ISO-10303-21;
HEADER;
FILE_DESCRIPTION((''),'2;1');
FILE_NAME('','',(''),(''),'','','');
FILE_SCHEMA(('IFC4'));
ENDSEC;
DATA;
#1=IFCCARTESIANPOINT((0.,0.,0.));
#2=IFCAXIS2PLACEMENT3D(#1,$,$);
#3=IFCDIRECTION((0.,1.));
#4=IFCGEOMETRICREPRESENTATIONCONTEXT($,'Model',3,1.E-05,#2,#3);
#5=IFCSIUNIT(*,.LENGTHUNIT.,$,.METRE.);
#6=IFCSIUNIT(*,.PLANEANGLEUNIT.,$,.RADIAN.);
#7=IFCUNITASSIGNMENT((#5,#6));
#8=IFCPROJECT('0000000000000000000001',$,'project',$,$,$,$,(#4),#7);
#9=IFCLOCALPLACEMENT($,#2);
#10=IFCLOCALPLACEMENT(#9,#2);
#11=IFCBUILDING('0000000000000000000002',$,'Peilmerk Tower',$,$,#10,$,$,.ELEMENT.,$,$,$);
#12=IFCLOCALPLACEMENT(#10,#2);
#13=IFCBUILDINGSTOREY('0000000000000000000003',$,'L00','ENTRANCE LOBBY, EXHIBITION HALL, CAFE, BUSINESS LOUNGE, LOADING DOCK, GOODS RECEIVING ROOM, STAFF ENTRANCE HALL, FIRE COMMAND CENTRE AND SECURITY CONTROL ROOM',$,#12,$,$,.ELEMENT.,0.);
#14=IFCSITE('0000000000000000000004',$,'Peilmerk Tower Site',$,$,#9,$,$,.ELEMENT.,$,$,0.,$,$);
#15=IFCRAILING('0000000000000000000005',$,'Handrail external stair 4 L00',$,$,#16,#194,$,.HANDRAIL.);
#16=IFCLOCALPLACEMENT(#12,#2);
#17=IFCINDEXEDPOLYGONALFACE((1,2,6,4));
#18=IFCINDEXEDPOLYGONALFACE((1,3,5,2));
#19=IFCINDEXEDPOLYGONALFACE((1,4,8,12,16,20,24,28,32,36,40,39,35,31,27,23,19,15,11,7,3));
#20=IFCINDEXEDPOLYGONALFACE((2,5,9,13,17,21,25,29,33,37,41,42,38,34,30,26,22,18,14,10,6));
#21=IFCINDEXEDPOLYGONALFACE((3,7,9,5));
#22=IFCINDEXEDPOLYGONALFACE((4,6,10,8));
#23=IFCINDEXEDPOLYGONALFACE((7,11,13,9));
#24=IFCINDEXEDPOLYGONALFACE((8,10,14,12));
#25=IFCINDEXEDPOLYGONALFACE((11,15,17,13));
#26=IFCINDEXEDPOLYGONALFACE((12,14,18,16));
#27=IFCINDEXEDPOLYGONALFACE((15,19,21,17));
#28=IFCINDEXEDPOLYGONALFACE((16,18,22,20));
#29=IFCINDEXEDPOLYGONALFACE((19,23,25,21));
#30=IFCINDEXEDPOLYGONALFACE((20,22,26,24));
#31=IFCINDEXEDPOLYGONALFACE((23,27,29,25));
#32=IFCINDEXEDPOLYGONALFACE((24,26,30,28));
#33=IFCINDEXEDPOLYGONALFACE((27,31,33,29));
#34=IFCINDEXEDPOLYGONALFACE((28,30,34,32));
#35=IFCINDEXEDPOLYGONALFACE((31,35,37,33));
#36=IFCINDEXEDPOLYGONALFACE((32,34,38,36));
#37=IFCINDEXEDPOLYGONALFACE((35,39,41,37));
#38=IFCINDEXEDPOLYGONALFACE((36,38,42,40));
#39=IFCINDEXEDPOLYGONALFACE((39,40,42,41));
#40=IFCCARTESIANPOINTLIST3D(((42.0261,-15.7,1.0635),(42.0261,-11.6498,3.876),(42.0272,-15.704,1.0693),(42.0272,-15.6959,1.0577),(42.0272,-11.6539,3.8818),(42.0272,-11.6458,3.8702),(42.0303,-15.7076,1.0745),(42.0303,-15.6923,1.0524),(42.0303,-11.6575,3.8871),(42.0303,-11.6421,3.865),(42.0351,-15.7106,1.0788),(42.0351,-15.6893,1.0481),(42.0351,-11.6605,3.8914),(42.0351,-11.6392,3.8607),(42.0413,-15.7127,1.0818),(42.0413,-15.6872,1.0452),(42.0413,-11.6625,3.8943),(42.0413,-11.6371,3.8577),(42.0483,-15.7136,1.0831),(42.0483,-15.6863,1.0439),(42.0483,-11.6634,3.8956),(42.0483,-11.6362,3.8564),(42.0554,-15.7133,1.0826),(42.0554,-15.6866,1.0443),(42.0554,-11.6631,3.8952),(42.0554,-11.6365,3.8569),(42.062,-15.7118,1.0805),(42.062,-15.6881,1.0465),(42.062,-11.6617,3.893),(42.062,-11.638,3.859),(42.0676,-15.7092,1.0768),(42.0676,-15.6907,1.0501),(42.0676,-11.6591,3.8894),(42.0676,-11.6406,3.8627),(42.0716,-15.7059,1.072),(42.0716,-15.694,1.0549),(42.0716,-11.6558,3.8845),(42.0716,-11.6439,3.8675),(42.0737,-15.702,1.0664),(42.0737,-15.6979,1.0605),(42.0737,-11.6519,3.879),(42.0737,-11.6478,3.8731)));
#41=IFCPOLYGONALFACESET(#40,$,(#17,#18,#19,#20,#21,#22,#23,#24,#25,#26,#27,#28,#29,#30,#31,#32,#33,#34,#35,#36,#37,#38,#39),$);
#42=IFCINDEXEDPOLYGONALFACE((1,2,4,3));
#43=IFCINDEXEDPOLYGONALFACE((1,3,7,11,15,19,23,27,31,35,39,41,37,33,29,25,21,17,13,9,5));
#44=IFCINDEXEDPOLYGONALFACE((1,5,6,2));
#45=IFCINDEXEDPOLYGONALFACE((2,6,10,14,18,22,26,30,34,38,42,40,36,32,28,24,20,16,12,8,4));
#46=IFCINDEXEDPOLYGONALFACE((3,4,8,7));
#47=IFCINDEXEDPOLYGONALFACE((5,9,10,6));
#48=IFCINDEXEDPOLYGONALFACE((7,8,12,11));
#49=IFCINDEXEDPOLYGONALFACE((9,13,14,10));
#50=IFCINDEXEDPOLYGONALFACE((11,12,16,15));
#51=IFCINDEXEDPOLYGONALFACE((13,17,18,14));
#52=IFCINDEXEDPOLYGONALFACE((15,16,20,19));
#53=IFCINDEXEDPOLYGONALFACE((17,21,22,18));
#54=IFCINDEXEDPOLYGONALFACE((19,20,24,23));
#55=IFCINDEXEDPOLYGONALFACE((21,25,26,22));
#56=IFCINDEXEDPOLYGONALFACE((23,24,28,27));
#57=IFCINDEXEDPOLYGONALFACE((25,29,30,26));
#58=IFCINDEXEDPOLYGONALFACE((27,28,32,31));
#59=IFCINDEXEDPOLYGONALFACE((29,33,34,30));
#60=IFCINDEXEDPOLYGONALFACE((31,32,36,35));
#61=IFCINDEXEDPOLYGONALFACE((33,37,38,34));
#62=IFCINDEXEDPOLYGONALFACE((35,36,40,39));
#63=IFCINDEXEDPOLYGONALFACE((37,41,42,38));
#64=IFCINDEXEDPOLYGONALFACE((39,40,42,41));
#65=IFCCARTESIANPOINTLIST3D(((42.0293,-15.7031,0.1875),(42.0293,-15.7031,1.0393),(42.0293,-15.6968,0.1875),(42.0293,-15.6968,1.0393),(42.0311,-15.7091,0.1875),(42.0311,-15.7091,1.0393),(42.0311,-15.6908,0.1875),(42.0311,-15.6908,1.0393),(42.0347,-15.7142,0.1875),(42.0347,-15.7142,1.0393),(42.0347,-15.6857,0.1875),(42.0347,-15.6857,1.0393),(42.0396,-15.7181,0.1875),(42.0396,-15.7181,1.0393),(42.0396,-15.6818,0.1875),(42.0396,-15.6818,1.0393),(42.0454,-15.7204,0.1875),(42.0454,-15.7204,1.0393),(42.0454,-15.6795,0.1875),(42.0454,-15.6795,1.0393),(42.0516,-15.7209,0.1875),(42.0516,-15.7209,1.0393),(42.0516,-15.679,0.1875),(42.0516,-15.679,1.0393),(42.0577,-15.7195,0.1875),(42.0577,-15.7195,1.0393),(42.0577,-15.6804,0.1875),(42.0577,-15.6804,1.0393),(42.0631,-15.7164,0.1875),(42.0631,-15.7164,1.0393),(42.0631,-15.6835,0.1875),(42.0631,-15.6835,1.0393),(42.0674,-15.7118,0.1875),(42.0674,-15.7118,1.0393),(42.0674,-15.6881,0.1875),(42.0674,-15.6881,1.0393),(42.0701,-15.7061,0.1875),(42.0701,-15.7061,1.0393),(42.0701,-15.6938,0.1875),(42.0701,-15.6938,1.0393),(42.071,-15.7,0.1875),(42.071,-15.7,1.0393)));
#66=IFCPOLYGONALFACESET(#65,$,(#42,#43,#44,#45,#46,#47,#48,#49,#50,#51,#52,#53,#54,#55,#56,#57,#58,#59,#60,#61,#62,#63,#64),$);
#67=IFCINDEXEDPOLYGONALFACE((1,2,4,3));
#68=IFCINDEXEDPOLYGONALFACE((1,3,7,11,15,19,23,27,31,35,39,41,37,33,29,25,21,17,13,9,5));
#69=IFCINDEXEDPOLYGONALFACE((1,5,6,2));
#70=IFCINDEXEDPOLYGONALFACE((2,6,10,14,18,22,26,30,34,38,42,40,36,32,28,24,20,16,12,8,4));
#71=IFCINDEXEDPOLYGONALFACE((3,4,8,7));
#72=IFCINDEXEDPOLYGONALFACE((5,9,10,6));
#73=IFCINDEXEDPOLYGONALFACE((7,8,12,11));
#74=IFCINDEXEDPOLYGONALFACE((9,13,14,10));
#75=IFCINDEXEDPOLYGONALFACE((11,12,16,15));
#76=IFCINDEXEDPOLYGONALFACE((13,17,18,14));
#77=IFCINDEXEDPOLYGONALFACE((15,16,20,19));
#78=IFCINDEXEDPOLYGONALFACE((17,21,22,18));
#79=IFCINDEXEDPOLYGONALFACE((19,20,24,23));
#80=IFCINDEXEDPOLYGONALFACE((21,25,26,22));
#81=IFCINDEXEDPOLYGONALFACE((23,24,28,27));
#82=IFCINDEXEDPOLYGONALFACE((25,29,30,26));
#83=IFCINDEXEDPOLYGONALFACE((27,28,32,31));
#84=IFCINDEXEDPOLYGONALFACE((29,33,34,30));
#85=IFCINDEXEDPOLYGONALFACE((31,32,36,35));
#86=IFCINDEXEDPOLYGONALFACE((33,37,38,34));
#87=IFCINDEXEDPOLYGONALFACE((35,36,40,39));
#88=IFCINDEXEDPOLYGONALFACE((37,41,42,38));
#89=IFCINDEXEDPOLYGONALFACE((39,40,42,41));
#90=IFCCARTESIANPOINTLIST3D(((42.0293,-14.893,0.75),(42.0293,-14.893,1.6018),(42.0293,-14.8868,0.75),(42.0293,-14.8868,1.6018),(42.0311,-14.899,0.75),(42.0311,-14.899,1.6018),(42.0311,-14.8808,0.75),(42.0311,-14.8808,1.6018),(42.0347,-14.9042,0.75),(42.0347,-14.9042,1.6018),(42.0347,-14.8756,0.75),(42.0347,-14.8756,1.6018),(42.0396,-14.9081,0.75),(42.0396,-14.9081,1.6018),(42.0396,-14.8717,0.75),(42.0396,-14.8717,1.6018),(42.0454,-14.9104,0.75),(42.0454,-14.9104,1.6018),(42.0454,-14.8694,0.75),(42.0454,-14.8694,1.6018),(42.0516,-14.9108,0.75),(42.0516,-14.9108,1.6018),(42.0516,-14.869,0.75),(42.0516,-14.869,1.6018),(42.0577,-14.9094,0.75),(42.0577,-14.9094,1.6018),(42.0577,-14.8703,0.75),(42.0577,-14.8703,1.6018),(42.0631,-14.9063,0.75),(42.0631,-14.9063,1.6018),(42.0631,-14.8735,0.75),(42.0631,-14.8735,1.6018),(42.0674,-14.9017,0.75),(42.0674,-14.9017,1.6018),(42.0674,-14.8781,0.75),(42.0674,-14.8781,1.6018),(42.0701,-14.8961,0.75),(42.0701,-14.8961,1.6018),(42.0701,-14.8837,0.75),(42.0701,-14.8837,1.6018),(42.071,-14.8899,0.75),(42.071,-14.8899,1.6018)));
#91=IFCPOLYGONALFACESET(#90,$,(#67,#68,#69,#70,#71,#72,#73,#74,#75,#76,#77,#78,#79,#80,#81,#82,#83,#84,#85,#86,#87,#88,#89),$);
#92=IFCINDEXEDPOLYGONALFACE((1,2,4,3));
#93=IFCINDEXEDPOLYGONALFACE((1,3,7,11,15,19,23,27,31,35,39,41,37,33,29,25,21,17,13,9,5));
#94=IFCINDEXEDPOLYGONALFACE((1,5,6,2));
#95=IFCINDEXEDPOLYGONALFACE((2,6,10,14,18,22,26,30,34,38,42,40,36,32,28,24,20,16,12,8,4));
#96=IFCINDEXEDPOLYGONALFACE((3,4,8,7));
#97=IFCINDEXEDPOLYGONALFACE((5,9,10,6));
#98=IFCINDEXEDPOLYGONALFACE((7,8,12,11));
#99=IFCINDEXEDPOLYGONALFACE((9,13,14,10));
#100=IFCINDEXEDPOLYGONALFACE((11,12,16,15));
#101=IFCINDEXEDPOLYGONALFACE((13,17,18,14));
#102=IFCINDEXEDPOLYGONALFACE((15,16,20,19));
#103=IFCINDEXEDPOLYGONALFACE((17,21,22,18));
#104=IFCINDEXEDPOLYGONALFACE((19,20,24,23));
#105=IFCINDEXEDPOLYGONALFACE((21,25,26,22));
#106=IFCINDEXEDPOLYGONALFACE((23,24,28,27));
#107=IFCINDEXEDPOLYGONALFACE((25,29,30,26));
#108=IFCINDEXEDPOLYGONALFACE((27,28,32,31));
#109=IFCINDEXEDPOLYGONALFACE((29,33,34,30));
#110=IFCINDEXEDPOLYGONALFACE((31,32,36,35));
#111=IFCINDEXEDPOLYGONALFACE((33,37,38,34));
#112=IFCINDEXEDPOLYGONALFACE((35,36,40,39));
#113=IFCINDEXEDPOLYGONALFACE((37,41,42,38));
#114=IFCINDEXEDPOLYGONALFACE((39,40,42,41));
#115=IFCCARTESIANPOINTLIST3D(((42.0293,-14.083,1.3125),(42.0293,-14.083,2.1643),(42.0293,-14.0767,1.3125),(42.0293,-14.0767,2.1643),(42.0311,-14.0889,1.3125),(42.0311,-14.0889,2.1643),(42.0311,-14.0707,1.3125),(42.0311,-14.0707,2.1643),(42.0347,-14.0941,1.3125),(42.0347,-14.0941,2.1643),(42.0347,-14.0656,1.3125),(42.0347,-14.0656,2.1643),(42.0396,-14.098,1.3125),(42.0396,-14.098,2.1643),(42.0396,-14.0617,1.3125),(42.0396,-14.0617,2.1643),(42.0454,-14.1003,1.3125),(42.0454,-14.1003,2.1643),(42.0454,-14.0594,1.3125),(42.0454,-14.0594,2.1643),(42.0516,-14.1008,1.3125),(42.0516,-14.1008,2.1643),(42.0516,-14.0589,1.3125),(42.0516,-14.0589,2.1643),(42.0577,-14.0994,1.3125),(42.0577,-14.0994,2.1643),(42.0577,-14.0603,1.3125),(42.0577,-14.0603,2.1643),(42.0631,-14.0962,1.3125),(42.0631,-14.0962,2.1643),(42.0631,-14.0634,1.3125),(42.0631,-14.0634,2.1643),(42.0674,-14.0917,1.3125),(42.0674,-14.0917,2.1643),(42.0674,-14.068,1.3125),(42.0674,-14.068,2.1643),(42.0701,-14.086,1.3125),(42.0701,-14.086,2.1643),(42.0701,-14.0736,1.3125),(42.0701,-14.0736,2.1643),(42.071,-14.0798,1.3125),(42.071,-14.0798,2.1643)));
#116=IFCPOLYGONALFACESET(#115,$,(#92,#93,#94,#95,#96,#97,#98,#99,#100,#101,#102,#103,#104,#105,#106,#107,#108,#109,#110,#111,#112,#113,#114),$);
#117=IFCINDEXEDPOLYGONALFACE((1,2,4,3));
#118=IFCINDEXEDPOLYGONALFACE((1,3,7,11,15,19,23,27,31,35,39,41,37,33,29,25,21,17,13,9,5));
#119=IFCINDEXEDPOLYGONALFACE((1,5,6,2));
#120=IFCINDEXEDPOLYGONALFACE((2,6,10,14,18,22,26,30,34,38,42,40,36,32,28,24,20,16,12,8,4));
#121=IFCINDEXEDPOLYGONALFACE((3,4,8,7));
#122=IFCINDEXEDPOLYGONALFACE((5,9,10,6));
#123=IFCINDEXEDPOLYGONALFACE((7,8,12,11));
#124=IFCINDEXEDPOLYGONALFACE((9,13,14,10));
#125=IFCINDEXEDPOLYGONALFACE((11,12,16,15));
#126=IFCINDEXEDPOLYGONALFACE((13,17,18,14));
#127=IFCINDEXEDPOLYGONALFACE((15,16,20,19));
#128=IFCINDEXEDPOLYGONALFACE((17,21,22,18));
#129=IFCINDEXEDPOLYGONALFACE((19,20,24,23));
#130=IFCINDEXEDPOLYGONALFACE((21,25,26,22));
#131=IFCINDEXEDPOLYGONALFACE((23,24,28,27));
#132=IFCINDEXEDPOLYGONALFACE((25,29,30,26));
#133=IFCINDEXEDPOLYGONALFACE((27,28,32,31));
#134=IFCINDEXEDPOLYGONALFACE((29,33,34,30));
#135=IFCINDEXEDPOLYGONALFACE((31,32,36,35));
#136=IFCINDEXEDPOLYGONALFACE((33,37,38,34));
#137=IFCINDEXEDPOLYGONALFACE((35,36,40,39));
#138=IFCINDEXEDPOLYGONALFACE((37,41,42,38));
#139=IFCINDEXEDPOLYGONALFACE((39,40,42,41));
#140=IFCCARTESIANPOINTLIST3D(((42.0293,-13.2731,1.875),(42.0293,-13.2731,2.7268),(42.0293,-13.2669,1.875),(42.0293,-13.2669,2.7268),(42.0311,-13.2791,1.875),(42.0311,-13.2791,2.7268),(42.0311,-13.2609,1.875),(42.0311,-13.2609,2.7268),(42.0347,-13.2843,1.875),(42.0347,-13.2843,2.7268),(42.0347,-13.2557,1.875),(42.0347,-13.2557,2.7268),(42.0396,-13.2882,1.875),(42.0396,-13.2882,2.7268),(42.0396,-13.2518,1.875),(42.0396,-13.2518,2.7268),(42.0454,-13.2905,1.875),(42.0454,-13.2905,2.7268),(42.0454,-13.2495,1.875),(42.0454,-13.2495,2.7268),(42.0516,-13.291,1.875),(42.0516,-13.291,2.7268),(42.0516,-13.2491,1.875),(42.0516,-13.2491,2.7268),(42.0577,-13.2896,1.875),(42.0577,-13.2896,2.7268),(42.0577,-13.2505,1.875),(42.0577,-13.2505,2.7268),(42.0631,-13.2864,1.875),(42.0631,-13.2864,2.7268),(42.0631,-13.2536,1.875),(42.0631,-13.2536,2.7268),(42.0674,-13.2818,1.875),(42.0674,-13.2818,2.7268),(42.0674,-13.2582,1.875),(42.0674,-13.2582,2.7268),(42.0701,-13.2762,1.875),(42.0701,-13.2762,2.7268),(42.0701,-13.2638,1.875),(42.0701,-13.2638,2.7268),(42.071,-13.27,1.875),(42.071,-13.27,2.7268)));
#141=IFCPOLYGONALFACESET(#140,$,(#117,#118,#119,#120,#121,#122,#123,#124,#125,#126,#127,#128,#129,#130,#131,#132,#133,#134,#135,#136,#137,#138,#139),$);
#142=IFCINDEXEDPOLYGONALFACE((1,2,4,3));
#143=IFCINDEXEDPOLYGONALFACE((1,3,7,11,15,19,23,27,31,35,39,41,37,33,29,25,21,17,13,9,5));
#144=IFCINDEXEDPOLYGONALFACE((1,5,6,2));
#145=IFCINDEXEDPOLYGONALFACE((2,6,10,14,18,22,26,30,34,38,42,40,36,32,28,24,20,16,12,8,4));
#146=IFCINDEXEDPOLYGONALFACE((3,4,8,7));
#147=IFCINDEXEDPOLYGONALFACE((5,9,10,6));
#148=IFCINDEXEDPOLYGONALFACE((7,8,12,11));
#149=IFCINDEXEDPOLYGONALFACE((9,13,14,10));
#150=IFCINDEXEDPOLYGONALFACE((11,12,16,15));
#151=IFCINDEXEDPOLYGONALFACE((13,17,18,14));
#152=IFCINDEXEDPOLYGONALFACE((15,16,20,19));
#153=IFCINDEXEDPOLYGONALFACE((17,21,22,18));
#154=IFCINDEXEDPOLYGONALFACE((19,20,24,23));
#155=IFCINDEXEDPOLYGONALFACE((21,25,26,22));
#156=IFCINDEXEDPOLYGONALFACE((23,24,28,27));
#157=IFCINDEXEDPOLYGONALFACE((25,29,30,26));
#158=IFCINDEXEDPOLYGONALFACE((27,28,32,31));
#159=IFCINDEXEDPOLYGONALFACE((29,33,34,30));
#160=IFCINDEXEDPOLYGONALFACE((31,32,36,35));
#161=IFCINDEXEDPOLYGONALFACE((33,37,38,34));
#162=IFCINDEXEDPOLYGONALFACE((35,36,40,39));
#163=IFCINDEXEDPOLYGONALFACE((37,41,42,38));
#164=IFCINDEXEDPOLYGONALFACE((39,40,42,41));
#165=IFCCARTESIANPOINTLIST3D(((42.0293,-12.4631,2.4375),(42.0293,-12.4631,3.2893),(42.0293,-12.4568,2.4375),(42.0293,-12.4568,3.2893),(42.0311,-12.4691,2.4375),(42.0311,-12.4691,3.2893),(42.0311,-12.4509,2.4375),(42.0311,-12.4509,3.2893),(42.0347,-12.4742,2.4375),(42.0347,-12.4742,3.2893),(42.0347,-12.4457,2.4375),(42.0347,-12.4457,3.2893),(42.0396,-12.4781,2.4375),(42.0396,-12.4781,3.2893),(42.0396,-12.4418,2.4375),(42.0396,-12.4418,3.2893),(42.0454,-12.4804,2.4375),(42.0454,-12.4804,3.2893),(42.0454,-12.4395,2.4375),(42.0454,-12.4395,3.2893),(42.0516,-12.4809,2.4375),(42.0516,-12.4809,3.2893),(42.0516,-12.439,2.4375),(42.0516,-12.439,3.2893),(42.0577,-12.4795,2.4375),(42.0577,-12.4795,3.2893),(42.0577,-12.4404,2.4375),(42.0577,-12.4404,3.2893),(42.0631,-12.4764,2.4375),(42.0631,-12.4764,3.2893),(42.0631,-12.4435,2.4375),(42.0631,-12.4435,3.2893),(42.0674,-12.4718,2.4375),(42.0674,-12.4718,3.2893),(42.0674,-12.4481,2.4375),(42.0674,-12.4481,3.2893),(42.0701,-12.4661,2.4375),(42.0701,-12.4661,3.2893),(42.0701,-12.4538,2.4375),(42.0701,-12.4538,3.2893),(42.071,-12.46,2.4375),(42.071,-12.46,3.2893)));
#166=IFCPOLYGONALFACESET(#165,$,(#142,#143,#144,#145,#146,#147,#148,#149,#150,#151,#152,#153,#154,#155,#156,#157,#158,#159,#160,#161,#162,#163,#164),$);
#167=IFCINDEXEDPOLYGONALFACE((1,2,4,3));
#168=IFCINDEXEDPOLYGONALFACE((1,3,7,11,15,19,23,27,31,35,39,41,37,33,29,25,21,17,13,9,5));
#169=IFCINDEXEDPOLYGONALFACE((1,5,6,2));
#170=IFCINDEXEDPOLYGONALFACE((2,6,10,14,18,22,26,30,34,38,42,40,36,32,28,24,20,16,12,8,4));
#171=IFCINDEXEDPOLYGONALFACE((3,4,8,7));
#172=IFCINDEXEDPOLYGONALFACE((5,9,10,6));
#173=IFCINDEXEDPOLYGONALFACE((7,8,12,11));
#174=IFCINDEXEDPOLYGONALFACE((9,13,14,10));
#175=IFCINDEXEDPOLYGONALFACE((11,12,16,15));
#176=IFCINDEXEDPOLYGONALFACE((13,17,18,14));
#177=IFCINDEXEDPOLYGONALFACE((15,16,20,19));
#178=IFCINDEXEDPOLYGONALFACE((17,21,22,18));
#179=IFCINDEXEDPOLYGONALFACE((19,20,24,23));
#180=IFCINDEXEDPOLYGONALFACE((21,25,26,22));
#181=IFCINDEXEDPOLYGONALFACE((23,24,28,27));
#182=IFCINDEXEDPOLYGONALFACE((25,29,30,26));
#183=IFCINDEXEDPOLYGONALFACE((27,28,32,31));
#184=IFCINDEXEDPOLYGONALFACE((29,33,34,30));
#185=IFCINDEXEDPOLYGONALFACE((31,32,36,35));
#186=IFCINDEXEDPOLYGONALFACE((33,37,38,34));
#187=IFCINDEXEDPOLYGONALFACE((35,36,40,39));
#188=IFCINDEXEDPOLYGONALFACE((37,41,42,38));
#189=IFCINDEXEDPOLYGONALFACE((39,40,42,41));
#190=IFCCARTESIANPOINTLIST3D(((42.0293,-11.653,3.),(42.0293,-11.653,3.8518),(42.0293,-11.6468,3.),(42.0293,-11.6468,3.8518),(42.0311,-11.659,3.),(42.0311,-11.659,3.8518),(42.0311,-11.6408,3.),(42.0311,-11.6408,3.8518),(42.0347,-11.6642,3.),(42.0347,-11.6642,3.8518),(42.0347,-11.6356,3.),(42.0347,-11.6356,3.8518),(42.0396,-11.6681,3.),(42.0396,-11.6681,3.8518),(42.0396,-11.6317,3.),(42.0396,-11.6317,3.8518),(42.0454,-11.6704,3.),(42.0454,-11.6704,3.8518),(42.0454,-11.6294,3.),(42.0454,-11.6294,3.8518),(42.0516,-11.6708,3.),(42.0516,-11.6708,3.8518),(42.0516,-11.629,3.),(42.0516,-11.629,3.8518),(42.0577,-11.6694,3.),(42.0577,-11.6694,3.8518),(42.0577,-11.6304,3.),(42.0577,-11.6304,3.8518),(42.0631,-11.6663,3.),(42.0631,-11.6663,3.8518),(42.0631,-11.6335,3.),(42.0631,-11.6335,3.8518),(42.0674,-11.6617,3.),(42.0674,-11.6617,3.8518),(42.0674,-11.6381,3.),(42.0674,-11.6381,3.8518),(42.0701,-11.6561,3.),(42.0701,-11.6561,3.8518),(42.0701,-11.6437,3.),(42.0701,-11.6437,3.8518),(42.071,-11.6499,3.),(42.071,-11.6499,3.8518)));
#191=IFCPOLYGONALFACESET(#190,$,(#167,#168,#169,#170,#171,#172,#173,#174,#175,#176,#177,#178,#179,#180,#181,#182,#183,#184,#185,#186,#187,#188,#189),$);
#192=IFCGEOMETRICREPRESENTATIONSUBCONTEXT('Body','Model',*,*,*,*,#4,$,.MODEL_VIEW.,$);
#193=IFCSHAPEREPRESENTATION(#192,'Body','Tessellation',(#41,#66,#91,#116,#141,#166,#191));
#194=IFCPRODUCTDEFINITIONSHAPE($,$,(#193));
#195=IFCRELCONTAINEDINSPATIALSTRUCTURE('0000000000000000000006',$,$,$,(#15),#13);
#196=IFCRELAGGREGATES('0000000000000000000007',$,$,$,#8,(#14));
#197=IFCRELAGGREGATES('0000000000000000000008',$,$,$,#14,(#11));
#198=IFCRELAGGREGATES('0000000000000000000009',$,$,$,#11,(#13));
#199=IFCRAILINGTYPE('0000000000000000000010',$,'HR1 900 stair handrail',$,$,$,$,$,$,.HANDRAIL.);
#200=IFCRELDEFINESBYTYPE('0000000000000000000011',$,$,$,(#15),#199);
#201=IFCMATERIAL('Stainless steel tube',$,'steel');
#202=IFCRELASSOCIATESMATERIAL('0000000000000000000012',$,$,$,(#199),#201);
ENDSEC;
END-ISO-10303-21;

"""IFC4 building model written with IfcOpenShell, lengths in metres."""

from ifc_helpers import new_model, si_unit, direction, frame, origin, origin_2d, place, context, subcontext, project, spatial, circle, extrude, material, type_object, element, save


model = new_model("IFC4")

# Units and contexts
model_context = context("Model", 3, precision=1e-05, world=origin(), true_north=direction((0.0, 1.0)))
body_context = subcontext(model_context, "Body", "Model", "MODEL_VIEW")
ifc_project = project(units=[si_unit("LENGTHUNIT", "METRE"), si_unit("PLANEANGLEUNIT", "RADIAN")], contexts=[model_context])

# Site, building, storey
site_placement = place(None, origin())
site = spatial("IfcSite", under=ifc_project, at=site_placement, Name="Peilmerk Tower Site", CompositionType="ELEMENT", RefElevation=0.0)
building_placement = place(site_placement, origin())
building = spatial("IfcBuilding", under=site, at=building_placement, Name="Peilmerk Tower", CompositionType="ELEMENT")
storey_placement = place(building_placement, origin())
storey = spatial("IfcBuildingStorey", under=building, at=storey_placement, Name="L00", Description="ENTRANCE LOBBY, EXHIBITION HALL, CAFE, BUSINESS LOUNGE, LOADING DOCK, GOODS RECEIVING ROOM, STAFF ENTRANCE HALL, FIRE COMMAND CENTRE AND SECURITY CONTROL ROOM", CompositionType="ELEMENT", Elevation=0.0)

# Railing
ifc_material_1 = material(Name="Stainless steel tube", Category="steel")
railing_type = type_object("IfcRailingType", Name="HR1 900 stair handrail", PredefinedType="HANDRAIL", material=ifc_material_1)
railing_placement = place(storey_placement, frame((42.05, -15.7, 0.1875)))
element("IfcRailing", 1, at=railing_placement, inside=storey, type_object=railing_type, Name="Handrail external stair 4 L00", PredefinedType="HANDRAIL", context=body_context, shape_type="SweptSolid", body=[
    extrude(circle(Radius=0.0239, at=origin_2d()), frame((0.0, 0.0, 0.876), z_axis=(0.0, 0.821373, 0.570391), x_axis=(-1.0, 0.0, 0.0)), (0.0, 0.0, 1.0), 4.9309),
    extrude(circle(Radius=0.021, at=origin_2d()), origin(), (0.0, 0.0, 1.0), 0.8518),
    extrude(circle(Radius=0.021, at=origin_2d()), frame((0.0, 0.8101, 0.5625)), (0.0, 0.0, 1.0), 0.8518),
    extrude(circle(Radius=0.021, at=origin_2d()), frame((0.0, 1.6201, 1.125)), (0.0, 0.0, 1.0), 0.8518),
    extrude(circle(Radius=0.021, at=origin_2d()), frame((0.0, 2.4299, 1.6875)), (0.0, 0.0, 1.0), 0.8518),
    extrude(circle(Radius=0.021, at=origin_2d()), frame((0.0, 3.24, 2.25)), (0.0, 0.0, 1.0), 0.8518),
    extrude(circle(Radius=0.021, at=origin_2d()), frame((0.0, 4.05, 2.8125)), (0.0, 0.0, 1.0), 0.8518),
])

save(model, "model.ifc")
